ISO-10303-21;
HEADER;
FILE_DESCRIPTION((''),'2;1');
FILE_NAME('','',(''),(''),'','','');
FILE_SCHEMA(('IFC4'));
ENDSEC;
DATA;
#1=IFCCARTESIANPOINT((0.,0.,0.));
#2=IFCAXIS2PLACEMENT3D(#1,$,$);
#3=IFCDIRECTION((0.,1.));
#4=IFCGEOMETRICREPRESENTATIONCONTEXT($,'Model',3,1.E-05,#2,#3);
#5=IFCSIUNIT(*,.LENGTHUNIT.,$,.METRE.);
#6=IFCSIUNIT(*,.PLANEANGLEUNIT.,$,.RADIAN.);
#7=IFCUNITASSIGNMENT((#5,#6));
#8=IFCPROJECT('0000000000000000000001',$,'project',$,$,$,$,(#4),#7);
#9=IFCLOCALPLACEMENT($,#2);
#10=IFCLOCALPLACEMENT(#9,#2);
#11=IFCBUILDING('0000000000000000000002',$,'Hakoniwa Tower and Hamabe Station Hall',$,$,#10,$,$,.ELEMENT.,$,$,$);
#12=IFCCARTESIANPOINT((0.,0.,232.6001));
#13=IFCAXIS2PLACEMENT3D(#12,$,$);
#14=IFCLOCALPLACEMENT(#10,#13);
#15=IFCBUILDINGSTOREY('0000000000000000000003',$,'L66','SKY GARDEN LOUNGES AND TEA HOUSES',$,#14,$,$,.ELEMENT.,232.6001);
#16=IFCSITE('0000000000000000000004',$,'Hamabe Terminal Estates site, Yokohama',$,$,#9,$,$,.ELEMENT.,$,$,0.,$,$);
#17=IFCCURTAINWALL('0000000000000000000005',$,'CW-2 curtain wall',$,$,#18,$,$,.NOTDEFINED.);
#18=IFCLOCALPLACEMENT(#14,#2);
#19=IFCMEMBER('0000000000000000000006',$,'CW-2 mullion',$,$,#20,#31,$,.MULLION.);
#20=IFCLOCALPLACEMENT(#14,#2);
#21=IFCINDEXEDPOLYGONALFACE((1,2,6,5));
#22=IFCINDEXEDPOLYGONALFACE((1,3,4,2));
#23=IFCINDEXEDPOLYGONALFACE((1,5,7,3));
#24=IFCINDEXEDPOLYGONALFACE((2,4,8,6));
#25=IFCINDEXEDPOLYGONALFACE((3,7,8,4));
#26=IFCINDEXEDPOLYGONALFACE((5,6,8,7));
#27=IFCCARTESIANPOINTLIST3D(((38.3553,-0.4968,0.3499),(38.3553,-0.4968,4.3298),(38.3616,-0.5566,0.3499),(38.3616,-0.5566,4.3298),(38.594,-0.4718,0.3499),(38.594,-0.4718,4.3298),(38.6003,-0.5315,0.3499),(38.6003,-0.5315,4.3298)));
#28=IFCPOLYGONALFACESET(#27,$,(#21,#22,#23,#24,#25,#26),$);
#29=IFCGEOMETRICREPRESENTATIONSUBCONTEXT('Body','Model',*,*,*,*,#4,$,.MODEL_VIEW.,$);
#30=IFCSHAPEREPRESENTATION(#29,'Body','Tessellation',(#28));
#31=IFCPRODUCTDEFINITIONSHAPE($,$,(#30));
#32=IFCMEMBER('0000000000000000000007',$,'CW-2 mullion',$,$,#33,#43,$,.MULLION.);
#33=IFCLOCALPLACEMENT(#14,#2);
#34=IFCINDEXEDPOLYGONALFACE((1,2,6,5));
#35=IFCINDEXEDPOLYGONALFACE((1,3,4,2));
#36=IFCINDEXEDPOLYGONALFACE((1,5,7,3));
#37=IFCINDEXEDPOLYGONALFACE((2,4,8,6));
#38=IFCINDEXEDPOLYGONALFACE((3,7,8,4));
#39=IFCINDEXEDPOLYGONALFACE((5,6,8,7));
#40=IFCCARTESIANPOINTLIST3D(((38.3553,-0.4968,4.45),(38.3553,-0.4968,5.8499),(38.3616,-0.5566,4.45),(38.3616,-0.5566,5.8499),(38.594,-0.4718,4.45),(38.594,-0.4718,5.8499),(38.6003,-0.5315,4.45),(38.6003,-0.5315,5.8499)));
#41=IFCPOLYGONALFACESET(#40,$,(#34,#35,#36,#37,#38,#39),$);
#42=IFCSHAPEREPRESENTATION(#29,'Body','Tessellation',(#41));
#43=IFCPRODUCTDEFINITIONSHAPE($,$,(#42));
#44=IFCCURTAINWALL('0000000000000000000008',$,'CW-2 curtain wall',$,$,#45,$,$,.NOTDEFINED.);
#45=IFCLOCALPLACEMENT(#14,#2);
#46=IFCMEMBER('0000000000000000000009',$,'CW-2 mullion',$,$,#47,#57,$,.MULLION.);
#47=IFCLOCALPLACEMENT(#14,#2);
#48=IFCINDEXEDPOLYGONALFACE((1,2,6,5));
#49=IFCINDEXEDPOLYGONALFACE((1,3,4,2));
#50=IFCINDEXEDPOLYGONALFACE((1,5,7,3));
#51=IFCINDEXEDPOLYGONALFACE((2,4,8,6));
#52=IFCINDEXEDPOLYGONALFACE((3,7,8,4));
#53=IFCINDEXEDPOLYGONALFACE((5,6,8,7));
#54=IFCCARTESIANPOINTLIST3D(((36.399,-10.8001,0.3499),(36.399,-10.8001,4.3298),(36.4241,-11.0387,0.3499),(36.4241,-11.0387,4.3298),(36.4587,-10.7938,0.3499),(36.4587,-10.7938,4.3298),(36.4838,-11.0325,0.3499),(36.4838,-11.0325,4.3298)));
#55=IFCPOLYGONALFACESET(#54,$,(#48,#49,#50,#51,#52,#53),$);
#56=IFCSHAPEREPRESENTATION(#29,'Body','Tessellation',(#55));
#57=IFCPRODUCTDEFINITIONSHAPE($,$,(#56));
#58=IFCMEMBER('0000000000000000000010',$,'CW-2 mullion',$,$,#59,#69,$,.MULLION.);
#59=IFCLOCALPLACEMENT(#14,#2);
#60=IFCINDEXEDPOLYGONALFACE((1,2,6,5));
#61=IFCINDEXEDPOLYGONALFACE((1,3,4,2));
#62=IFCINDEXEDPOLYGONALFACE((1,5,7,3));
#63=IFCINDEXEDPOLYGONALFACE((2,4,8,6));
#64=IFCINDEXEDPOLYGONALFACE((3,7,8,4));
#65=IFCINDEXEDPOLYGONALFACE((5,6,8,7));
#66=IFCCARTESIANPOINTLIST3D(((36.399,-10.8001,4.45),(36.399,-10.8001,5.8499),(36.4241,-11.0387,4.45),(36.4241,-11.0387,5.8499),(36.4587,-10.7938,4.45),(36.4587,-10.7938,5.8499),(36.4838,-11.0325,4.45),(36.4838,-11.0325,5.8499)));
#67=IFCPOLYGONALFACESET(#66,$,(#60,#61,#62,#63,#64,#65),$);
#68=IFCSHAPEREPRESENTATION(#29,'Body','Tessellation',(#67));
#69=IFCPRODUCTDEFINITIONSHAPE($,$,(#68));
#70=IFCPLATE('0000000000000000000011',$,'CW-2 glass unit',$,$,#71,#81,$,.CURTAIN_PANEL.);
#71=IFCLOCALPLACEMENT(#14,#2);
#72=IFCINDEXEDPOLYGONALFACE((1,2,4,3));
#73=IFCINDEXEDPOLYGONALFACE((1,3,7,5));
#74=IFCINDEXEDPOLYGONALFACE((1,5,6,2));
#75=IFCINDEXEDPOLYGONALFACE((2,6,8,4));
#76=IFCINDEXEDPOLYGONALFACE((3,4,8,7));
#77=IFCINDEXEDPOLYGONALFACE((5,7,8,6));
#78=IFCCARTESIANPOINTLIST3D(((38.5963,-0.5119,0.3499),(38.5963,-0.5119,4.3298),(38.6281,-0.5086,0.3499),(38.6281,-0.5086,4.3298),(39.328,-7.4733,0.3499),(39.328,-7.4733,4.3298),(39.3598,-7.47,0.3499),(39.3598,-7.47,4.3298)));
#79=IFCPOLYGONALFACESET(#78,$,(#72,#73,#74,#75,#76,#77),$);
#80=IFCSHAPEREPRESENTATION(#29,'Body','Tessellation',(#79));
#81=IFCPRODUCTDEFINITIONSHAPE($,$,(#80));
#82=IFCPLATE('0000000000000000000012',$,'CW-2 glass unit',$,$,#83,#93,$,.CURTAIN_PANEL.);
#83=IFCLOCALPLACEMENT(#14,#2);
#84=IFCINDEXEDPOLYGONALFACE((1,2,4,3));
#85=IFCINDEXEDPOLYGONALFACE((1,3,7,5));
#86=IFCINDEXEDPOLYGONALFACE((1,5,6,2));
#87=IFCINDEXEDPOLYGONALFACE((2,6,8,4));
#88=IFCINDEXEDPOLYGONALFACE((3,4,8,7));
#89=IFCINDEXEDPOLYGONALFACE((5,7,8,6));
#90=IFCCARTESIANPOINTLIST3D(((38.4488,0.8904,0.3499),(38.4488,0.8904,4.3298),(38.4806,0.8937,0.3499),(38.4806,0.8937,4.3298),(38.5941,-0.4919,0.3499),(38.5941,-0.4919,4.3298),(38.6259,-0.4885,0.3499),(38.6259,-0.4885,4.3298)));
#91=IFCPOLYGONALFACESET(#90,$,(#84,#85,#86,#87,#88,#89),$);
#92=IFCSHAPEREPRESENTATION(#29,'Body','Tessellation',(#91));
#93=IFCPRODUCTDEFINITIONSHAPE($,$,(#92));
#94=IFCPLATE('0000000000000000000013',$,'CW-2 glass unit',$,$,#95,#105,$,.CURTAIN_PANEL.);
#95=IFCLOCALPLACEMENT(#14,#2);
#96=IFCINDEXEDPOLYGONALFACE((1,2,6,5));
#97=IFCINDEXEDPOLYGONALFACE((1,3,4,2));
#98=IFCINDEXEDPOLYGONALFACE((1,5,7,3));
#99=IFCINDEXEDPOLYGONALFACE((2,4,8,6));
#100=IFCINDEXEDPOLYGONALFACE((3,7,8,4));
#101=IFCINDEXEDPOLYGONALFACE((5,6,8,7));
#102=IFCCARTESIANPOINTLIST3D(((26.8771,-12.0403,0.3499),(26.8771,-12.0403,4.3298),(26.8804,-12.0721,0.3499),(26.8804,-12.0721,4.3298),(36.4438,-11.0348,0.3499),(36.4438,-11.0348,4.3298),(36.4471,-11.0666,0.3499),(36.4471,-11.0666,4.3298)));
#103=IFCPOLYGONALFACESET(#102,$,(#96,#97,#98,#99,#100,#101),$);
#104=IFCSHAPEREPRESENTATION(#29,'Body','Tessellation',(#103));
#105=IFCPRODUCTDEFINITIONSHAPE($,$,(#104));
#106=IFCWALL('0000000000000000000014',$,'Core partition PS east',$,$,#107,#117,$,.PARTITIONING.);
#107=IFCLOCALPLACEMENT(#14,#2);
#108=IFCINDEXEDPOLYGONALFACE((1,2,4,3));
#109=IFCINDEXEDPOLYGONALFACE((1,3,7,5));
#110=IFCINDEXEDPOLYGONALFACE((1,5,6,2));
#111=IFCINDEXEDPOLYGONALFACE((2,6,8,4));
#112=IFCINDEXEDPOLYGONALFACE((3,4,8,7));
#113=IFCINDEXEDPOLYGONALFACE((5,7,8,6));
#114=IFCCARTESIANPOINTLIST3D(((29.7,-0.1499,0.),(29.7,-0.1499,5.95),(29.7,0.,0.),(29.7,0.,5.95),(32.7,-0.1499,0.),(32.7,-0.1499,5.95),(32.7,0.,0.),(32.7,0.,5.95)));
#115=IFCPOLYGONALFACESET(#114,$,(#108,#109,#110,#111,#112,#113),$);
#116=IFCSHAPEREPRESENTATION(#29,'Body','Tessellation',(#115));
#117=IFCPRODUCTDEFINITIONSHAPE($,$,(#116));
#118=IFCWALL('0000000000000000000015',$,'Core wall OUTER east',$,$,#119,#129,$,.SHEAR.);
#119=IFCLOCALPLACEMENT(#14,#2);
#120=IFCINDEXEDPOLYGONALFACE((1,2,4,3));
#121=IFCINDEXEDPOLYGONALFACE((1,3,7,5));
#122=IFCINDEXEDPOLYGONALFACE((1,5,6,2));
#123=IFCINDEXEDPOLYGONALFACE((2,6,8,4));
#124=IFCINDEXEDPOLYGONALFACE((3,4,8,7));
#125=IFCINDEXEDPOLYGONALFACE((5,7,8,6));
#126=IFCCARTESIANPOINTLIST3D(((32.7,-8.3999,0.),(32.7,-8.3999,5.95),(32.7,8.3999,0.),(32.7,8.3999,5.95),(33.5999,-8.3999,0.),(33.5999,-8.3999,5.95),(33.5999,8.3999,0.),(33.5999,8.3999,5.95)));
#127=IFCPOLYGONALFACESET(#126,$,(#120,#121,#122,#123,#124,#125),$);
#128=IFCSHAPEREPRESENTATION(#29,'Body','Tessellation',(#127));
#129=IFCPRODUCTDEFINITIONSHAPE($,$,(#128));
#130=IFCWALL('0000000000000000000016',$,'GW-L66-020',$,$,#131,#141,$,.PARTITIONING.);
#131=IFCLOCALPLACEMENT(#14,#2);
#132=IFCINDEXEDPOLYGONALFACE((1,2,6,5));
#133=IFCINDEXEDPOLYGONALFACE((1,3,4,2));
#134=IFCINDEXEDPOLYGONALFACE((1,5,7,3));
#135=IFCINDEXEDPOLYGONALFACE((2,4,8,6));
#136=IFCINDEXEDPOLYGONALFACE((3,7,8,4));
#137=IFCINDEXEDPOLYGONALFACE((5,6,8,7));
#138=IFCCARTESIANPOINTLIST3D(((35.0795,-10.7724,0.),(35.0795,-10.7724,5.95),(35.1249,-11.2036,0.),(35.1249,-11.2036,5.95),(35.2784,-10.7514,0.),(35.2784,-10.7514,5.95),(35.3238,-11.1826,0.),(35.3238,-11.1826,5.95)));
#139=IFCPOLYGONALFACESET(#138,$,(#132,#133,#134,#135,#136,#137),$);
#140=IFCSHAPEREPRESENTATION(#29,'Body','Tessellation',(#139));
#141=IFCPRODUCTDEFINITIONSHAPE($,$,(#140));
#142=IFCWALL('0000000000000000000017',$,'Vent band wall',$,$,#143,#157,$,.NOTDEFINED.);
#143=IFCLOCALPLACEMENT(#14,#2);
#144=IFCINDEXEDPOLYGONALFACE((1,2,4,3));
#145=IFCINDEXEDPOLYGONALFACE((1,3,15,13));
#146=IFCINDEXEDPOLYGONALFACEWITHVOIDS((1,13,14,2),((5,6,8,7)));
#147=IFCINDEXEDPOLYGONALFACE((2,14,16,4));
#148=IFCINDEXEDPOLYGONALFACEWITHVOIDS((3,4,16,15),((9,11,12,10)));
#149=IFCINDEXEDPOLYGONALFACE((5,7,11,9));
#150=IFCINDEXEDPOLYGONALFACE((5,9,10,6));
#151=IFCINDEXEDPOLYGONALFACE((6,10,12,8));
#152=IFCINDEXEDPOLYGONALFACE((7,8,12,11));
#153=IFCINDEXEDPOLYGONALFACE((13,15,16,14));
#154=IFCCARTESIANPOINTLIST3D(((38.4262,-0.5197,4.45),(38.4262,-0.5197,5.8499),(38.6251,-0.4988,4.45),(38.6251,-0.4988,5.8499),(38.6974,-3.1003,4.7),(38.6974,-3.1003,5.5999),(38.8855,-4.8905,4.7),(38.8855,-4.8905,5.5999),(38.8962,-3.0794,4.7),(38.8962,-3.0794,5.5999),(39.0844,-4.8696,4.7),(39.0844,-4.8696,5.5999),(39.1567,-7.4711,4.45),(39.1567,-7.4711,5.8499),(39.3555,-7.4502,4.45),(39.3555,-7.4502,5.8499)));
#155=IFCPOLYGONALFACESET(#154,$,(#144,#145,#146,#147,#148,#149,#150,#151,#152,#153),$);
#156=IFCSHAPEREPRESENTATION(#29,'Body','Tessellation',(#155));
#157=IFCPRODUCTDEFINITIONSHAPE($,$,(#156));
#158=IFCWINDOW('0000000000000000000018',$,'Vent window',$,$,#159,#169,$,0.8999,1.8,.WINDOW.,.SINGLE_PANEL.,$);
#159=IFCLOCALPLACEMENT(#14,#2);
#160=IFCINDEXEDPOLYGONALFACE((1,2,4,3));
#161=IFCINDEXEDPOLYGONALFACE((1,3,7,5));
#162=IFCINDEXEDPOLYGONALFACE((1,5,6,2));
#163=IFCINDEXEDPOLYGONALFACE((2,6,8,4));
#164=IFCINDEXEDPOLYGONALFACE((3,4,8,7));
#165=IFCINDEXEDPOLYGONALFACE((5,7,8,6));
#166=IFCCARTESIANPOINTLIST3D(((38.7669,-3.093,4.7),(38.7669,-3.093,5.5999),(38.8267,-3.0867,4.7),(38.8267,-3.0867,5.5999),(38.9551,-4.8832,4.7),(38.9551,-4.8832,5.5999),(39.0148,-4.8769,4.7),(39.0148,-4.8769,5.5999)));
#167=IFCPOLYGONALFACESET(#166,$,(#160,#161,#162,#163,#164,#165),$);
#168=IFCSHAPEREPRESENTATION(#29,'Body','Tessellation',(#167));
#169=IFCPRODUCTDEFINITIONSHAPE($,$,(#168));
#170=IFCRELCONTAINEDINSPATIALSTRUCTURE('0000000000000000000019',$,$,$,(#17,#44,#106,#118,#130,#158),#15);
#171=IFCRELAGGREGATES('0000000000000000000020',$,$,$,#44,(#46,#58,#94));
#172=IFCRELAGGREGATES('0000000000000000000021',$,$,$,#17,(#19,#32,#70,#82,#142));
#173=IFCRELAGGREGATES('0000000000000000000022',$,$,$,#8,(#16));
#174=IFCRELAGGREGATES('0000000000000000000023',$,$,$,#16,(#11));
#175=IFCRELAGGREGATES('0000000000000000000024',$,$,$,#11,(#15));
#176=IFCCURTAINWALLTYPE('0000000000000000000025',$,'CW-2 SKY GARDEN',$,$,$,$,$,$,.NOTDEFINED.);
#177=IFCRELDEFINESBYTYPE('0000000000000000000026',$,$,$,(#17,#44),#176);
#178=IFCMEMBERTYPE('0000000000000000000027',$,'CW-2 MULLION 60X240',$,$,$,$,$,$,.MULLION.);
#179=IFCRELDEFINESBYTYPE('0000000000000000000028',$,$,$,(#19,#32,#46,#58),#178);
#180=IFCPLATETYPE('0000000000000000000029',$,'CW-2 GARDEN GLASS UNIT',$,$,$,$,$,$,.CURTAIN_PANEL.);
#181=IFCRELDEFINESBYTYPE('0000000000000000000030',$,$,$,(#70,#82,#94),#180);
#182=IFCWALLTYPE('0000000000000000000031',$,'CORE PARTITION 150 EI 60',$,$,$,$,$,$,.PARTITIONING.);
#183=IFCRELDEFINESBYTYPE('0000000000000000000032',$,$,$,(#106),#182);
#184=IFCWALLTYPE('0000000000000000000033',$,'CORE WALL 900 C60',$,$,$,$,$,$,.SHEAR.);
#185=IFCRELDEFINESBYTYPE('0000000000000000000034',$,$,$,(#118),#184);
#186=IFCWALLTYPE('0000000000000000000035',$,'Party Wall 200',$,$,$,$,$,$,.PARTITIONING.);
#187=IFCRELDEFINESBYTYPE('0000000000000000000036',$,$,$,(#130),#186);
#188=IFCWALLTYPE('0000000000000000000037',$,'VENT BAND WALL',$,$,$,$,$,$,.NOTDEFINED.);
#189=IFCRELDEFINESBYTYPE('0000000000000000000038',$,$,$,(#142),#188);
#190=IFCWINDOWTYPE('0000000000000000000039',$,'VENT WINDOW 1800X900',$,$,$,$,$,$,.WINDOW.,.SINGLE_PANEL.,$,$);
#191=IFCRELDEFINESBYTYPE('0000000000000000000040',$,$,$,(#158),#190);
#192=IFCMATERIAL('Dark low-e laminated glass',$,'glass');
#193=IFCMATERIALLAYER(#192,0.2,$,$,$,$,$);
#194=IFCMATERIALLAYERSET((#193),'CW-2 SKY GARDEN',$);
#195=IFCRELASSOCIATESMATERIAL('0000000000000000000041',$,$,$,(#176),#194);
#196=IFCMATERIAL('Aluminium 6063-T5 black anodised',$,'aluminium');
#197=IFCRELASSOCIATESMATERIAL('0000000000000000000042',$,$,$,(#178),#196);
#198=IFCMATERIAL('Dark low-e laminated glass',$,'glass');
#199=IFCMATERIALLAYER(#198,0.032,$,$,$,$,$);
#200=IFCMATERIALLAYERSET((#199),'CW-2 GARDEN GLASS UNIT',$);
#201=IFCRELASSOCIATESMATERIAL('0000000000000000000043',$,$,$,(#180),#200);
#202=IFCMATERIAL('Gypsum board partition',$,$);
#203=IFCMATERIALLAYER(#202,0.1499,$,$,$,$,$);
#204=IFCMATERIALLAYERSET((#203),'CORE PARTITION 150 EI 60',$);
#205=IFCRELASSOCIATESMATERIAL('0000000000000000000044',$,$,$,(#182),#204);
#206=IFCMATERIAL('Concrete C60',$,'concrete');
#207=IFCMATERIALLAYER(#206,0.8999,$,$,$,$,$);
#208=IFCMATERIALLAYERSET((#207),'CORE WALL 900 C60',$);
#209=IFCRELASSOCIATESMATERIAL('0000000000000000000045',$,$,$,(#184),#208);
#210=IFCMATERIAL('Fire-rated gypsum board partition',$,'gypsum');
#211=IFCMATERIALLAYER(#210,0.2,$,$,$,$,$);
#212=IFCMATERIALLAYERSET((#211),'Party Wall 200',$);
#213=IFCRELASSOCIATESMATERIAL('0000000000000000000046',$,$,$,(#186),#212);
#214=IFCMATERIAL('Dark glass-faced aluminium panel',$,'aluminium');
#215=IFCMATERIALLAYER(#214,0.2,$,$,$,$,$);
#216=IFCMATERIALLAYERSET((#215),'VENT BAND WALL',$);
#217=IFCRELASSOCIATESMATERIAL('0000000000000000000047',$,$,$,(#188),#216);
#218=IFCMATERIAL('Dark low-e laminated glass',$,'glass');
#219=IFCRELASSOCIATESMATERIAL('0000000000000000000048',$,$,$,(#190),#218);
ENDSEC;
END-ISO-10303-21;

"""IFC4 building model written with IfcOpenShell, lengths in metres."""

from ifc_helpers import new_model, si_unit, direction, frame, frame_2d, origin, origin_2d, place, context, subcontext, project, spatial, rectangle, extrude, material, layer, layer_set, material_profile, profile_set, type_object, element, fill, aggregate, save


model = new_model("IFC4")

# Units and contexts
model_context = context("Model", 3, precision=1e-05, world=origin(), true_north=direction((0.0, 1.0)))
body_context = subcontext(model_context, "Body", "Model", "MODEL_VIEW")
ifc_project = project(units=[si_unit("LENGTHUNIT", "METRE"), si_unit("PLANEANGLEUNIT", "RADIAN")], contexts=[model_context])

# Site, building, storey
site_placement = place(None, origin())
site = spatial("IfcSite", under=ifc_project, at=site_placement, Name="Hamabe Terminal Estates site, Yokohama", CompositionType="ELEMENT", RefElevation=0.0)
building_placement = place(site_placement, origin())
building = spatial("IfcBuilding", under=site, at=building_placement, Name="Hakoniwa Tower and Hamabe Station Hall", CompositionType="ELEMENT")
storey_placement = place(building_placement, frame((0.0, 0.0, 232.6001)))
storey = spatial("IfcBuildingStorey", under=building, at=storey_placement, Name="L66", Description="SKY GARDEN LOUNGES AND TEA HOUSES", CompositionType="ELEMENT", Elevation=232.6001)

# Curtain walls, members
ifc_material_1 = material(Name="Dark low-e laminated glass", Category="glass")
ifc_layer_1 = layer(ifc_material_1, 0.2)
ifc_layer_set_1 = layer_set([ifc_layer_1], Name="CW-2 SKY GARDEN")
curtain_wall_type = type_object("IfcCurtainWallType", Name="CW-2 SKY GARDEN", PredefinedType="NOTDEFINED", material=ifc_layer_set_1)
curtain_wall_1_placement = place(storey_placement, origin())
curtain_wall_1 = element("IfcCurtainWall", 1, at=curtain_wall_1_placement, inside=storey, type_object=curtain_wall_type, Name="CW-2 curtain wall", PredefinedType="NOTDEFINED")
ifc_material_2 = material(Name="Aluminium 6063-T5 black anodised", Category="aluminium")
ifc_material_profile_1 = material_profile(ifc_material_2, rectangle(XDim=0.0601, YDim=0.24, at=origin_2d()), Name="CW-2 MULLION 60X240")
ifc_profile_set_1 = profile_set([ifc_material_profile_1], Name="Aluminium 6063-T5 black anodised")
member_type_1 = type_object("IfcMemberType", Name="CW-2 MULLION 60X240", PredefinedType="MULLION", material=ifc_profile_set_1)
member_1_placement = place(storey_placement, frame((38.4778, -0.5142, 0.3499), z_axis=(0.0, 0.0, 1.0), x_axis=(-0.104528, 0.994522, 0.0)))
member_1 = element("IfcMember", 2, at=member_1_placement, type_object=member_type_1, Name="CW-2 mullion", PredefinedType="MULLION", context=body_context, shape_type="SweptSolid", body=[
    extrude(rectangle(XDim=0.0601, YDim=0.24, at=origin_2d()), origin(), (0.0, 0.0, 1.0), 3.98),
])
member_2_placement = place(storey_placement, frame((38.4778, -0.5142, 4.45), z_axis=(0.0, 0.0, 1.0), x_axis=(-0.104528, 0.994522, 0.0)))
member_2 = element("IfcMember", 3, at=member_2_placement, type_object=member_type_1, Name="CW-2 mullion", PredefinedType="MULLION", context=body_context, shape_type="SweptSolid", body=[
    extrude(rectangle(XDim=0.0601, YDim=0.24, at=origin_2d()), origin(), (0.0, 0.0, 1.0), 1.3999),
])
curtain_wall_2_placement = place(storey_placement, origin())
curtain_wall_2 = element("IfcCurtainWall", 4, at=curtain_wall_2_placement, inside=storey, type_object=curtain_wall_type, Name="CW-2 curtain wall", PredefinedType="NOTDEFINED")
member_3_placement = place(storey_placement, frame((36.4414, -10.9163, 0.3499), z_axis=(0.0, 0.0, 1.0), x_axis=(0.994522, 0.104528, 0.0)))
member_3 = element("IfcMember", 5, at=member_3_placement, type_object=member_type_1, Name="CW-2 mullion", PredefinedType="MULLION", context=body_context, shape_type="SweptSolid", body=[
    extrude(rectangle(XDim=0.0601, YDim=0.24, at=origin_2d()), origin(), (0.0, 0.0, 1.0), 3.98),
])
member_4_placement = place(storey_placement, frame((36.4414, -10.9163, 4.45), z_axis=(0.0, 0.0, 1.0), x_axis=(0.994522, 0.104528, 0.0)))
member_4 = element("IfcMember", 6, at=member_4_placement, type_object=member_type_1, Name="CW-2 mullion", PredefinedType="MULLION", context=body_context, shape_type="SweptSolid", body=[
    extrude(rectangle(XDim=0.0601, YDim=0.24, at=origin_2d()), origin(), (0.0, 0.0, 1.0), 1.3999),
])

# Plates
ifc_material_3 = material(Name="Dark low-e laminated glass", Category="glass")
ifc_layer_2 = layer(ifc_material_3, 0.032)
ifc_layer_set_2 = layer_set([ifc_layer_2], Name="CW-2 GARDEN GLASS UNIT")
plate_type = type_object("IfcPlateType", Name="CW-2 GARDEN GLASS UNIT", PredefinedType="CURTAIN_PANEL", material=ifc_layer_set_2)
plate_1_placement = place(storey_placement, frame((38.978, -3.991, 0.3499), z_axis=(0.0, 0.0, 1.0), x_axis=(-0.104528, 0.994522, 0.0)))
plate_1 = element("IfcPlate", 7, at=plate_1_placement, type_object=plate_type, Name="CW-2 glass unit", PredefinedType="CURTAIN_PANEL", context=body_context, shape_type="SweptSolid", body=[
    extrude(rectangle(XDim=6.9998, YDim=0.032, at=origin_2d()), origin(), (0.0, 0.0, 1.0), 3.98),
])
plate_2_placement = place(storey_placement, frame((38.5374, 0.2009, 0.3499), z_axis=(0.0, 0.0, 1.0), x_axis=(-0.104528, 0.994522, 0.0)))
plate_2 = element("IfcPlate", 8, at=plate_2_placement, type_object=plate_type, Name="CW-2 glass unit", PredefinedType="CURTAIN_PANEL", context=body_context, shape_type="SweptSolid", body=[
    extrude(rectangle(XDim=1.3899, YDim=0.032, at=origin_2d()), origin(), (0.0, 0.0, 1.0), 3.98),
])
plate_3_placement = place(storey_placement, frame((31.6621, -11.5535, 0.3499), z_axis=(0.0, 0.0, 1.0), x_axis=(0.994522, 0.104528, 0.0)))
plate_3 = element("IfcPlate", 9, at=plate_3_placement, type_object=plate_type, Name="CW-2 glass unit", PredefinedType="CURTAIN_PANEL", context=body_context, shape_type="SweptSolid", body=[
    extrude(rectangle(XDim=9.6194, YDim=0.032, at=origin_2d()), origin(), (0.0, 0.0, 1.0), 3.98),
])
aggregate(curtain_wall_2, [member_3, member_4, plate_3])

# Walls
ifc_material_4 = material(Name="Gypsum board partition")
ifc_layer_3 = layer(ifc_material_4, 0.1499)
ifc_layer_set_3 = layer_set([ifc_layer_3], Name="CORE PARTITION 150 EI 60")
wall_type_1 = type_object("IfcWallType", Name="CORE PARTITION 150 EI 60", PredefinedType="PARTITIONING", material=ifc_layer_set_3)
wall_1_placement = place(storey_placement, frame((29.7, -0.075, 0.0), z_axis=(0.0, 0.0, 1.0), x_axis=(1.0, 0.0, 0.0)))
element("IfcWall", 10, at=wall_1_placement, inside=storey, type_object=wall_type_1, Name="Core partition PS east", PredefinedType="PARTITIONING", context=body_context, shape_type="SweptSolid", body=[
    extrude(rectangle(XDim=3.0, YDim=0.1499, at=frame_2d((1.5, 0.0))), origin(), (0.0, 0.0, 1.0), 5.95),
])
ifc_material_5 = material(Name="Concrete C60", Category="concrete")
ifc_layer_4 = layer(ifc_material_5, 0.8999)
ifc_layer_set_4 = layer_set([ifc_layer_4], Name="CORE WALL 900 C60")
wall_type_2 = type_object("IfcWallType", Name="CORE WALL 900 C60", PredefinedType="SHEAR", material=ifc_layer_set_4)
wall_2_placement = place(storey_placement, frame((33.1499, -8.3999, 0.0), z_axis=(0.0, 0.0, 1.0), x_axis=(0.0, 1.0, 0.0)))
element("IfcWall", 11, at=wall_2_placement, inside=storey, type_object=wall_type_2, Name="Core wall OUTER east", PredefinedType="SHEAR", context=body_context, shape_type="SweptSolid", body=[
    extrude(rectangle(XDim=16.7998, YDim=0.8999, at=frame_2d((8.3999, 0.0))), origin(), (0.0, 0.0, 1.0), 5.95),
])
ifc_material_6 = material(Name="Fire-rated gypsum board partition", Category="gypsum")
ifc_layer_5 = layer(ifc_material_6, 0.2)
ifc_layer_set_5 = layer_set([ifc_layer_5], Name="Party Wall 200")
wall_type_3 = type_object("IfcWallType", Name="Party Wall 200", PredefinedType="PARTITIONING", material=ifc_layer_set_5)
wall_3_placement = place(storey_placement, frame((35.2244, -11.1931, 0.0), z_axis=(0.0, 0.0, 1.0), x_axis=(-0.104743, 0.994499, 0.0)))
element("IfcWall", 12, at=wall_3_placement, inside=storey, type_object=wall_type_3, Name="GW-L66-020", PredefinedType="PARTITIONING", context=body_context, shape_type="SweptSolid", body=[
    extrude(rectangle(XDim=0.4336, YDim=0.2, at=frame_2d((0.2168, 0.0))), origin(), (0.0, 0.0, 1.0), 5.95),
])

# Wall, opening, window
ifc_material_7 = material(Name="Dark glass-faced aluminium panel", Category="aluminium")
ifc_layer_6 = layer(ifc_material_7, 0.2)
ifc_layer_set_6 = layer_set([ifc_layer_6], Name="VENT BAND WALL")
wall_type_4 = type_object("IfcWallType", Name="VENT BAND WALL", PredefinedType="NOTDEFINED", material=ifc_layer_set_6)
wall_4_placement = place(storey_placement, frame((39.2561, -7.4607, 4.45), z_axis=(0.0, 0.0, 1.0), x_axis=(-0.104507, 0.994524, 0.0)))
wall_4 = element("IfcWall", 13, at=wall_4_placement, type_object=wall_type_4, Name="Vent band wall", PredefinedType="NOTDEFINED", context=body_context, shape_type="SweptSolid", body=[
    extrude(rectangle(XDim=6.9897, YDim=0.2, at=frame_2d((3.4949, 0.0))), origin(), (0.0, 0.0, 1.0), 1.3999),
])
opening_1_placement = place(wall_4_placement, frame((2.595, 0.0, 0.25)))
opening_1 = element("IfcOpeningElement", 14, at=opening_1_placement, cuts=wall_4, PredefinedType="OPENING", context=body_context, shape_type="SweptSolid", body=[
    extrude(rectangle(XDim=1.8, YDim=0.8999, at=frame_2d((0.8999, 0.45))), frame((0.0, 0.1099, 0.0), z_axis=(0.0, -1.0, 0.0), x_axis=(1.0, 0.0, 0.0)), (0.0, 0.0, 1.0), 0.22),
])
ifc_material_8 = material(Name="Dark low-e laminated glass", Category="glass")
window_type = type_object("IfcWindowType", Name="VENT WINDOW 1800X900", PartitioningType="SINGLE_PANEL", PredefinedType="WINDOW", material=ifc_material_8)
window_1_placement = place(opening_1_placement, origin())
window_1 = element("IfcWindow", 15, at=window_1_placement, inside=storey, type_object=window_type, Name="Vent window", OverallHeight=0.8999, OverallWidth=1.8, PartitioningType="SINGLE_PANEL", PredefinedType="WINDOW", context=body_context, shape_type="SweptSolid", body=[
    extrude(rectangle(XDim=1.8, YDim=0.8999, at=frame_2d((0.8999, 0.45))), frame((0.0, 0.03, 0.0), z_axis=(0.0, -1.0, 0.0), x_axis=(1.0, 0.0, 0.0)), (0.0, 0.0, 1.0), 0.0601),
])
fill(opening_1, window_1)
aggregate(curtain_wall_1, [member_1, member_2, plate_1, plate_2, wall_4])

save(model, "model.ifc")
